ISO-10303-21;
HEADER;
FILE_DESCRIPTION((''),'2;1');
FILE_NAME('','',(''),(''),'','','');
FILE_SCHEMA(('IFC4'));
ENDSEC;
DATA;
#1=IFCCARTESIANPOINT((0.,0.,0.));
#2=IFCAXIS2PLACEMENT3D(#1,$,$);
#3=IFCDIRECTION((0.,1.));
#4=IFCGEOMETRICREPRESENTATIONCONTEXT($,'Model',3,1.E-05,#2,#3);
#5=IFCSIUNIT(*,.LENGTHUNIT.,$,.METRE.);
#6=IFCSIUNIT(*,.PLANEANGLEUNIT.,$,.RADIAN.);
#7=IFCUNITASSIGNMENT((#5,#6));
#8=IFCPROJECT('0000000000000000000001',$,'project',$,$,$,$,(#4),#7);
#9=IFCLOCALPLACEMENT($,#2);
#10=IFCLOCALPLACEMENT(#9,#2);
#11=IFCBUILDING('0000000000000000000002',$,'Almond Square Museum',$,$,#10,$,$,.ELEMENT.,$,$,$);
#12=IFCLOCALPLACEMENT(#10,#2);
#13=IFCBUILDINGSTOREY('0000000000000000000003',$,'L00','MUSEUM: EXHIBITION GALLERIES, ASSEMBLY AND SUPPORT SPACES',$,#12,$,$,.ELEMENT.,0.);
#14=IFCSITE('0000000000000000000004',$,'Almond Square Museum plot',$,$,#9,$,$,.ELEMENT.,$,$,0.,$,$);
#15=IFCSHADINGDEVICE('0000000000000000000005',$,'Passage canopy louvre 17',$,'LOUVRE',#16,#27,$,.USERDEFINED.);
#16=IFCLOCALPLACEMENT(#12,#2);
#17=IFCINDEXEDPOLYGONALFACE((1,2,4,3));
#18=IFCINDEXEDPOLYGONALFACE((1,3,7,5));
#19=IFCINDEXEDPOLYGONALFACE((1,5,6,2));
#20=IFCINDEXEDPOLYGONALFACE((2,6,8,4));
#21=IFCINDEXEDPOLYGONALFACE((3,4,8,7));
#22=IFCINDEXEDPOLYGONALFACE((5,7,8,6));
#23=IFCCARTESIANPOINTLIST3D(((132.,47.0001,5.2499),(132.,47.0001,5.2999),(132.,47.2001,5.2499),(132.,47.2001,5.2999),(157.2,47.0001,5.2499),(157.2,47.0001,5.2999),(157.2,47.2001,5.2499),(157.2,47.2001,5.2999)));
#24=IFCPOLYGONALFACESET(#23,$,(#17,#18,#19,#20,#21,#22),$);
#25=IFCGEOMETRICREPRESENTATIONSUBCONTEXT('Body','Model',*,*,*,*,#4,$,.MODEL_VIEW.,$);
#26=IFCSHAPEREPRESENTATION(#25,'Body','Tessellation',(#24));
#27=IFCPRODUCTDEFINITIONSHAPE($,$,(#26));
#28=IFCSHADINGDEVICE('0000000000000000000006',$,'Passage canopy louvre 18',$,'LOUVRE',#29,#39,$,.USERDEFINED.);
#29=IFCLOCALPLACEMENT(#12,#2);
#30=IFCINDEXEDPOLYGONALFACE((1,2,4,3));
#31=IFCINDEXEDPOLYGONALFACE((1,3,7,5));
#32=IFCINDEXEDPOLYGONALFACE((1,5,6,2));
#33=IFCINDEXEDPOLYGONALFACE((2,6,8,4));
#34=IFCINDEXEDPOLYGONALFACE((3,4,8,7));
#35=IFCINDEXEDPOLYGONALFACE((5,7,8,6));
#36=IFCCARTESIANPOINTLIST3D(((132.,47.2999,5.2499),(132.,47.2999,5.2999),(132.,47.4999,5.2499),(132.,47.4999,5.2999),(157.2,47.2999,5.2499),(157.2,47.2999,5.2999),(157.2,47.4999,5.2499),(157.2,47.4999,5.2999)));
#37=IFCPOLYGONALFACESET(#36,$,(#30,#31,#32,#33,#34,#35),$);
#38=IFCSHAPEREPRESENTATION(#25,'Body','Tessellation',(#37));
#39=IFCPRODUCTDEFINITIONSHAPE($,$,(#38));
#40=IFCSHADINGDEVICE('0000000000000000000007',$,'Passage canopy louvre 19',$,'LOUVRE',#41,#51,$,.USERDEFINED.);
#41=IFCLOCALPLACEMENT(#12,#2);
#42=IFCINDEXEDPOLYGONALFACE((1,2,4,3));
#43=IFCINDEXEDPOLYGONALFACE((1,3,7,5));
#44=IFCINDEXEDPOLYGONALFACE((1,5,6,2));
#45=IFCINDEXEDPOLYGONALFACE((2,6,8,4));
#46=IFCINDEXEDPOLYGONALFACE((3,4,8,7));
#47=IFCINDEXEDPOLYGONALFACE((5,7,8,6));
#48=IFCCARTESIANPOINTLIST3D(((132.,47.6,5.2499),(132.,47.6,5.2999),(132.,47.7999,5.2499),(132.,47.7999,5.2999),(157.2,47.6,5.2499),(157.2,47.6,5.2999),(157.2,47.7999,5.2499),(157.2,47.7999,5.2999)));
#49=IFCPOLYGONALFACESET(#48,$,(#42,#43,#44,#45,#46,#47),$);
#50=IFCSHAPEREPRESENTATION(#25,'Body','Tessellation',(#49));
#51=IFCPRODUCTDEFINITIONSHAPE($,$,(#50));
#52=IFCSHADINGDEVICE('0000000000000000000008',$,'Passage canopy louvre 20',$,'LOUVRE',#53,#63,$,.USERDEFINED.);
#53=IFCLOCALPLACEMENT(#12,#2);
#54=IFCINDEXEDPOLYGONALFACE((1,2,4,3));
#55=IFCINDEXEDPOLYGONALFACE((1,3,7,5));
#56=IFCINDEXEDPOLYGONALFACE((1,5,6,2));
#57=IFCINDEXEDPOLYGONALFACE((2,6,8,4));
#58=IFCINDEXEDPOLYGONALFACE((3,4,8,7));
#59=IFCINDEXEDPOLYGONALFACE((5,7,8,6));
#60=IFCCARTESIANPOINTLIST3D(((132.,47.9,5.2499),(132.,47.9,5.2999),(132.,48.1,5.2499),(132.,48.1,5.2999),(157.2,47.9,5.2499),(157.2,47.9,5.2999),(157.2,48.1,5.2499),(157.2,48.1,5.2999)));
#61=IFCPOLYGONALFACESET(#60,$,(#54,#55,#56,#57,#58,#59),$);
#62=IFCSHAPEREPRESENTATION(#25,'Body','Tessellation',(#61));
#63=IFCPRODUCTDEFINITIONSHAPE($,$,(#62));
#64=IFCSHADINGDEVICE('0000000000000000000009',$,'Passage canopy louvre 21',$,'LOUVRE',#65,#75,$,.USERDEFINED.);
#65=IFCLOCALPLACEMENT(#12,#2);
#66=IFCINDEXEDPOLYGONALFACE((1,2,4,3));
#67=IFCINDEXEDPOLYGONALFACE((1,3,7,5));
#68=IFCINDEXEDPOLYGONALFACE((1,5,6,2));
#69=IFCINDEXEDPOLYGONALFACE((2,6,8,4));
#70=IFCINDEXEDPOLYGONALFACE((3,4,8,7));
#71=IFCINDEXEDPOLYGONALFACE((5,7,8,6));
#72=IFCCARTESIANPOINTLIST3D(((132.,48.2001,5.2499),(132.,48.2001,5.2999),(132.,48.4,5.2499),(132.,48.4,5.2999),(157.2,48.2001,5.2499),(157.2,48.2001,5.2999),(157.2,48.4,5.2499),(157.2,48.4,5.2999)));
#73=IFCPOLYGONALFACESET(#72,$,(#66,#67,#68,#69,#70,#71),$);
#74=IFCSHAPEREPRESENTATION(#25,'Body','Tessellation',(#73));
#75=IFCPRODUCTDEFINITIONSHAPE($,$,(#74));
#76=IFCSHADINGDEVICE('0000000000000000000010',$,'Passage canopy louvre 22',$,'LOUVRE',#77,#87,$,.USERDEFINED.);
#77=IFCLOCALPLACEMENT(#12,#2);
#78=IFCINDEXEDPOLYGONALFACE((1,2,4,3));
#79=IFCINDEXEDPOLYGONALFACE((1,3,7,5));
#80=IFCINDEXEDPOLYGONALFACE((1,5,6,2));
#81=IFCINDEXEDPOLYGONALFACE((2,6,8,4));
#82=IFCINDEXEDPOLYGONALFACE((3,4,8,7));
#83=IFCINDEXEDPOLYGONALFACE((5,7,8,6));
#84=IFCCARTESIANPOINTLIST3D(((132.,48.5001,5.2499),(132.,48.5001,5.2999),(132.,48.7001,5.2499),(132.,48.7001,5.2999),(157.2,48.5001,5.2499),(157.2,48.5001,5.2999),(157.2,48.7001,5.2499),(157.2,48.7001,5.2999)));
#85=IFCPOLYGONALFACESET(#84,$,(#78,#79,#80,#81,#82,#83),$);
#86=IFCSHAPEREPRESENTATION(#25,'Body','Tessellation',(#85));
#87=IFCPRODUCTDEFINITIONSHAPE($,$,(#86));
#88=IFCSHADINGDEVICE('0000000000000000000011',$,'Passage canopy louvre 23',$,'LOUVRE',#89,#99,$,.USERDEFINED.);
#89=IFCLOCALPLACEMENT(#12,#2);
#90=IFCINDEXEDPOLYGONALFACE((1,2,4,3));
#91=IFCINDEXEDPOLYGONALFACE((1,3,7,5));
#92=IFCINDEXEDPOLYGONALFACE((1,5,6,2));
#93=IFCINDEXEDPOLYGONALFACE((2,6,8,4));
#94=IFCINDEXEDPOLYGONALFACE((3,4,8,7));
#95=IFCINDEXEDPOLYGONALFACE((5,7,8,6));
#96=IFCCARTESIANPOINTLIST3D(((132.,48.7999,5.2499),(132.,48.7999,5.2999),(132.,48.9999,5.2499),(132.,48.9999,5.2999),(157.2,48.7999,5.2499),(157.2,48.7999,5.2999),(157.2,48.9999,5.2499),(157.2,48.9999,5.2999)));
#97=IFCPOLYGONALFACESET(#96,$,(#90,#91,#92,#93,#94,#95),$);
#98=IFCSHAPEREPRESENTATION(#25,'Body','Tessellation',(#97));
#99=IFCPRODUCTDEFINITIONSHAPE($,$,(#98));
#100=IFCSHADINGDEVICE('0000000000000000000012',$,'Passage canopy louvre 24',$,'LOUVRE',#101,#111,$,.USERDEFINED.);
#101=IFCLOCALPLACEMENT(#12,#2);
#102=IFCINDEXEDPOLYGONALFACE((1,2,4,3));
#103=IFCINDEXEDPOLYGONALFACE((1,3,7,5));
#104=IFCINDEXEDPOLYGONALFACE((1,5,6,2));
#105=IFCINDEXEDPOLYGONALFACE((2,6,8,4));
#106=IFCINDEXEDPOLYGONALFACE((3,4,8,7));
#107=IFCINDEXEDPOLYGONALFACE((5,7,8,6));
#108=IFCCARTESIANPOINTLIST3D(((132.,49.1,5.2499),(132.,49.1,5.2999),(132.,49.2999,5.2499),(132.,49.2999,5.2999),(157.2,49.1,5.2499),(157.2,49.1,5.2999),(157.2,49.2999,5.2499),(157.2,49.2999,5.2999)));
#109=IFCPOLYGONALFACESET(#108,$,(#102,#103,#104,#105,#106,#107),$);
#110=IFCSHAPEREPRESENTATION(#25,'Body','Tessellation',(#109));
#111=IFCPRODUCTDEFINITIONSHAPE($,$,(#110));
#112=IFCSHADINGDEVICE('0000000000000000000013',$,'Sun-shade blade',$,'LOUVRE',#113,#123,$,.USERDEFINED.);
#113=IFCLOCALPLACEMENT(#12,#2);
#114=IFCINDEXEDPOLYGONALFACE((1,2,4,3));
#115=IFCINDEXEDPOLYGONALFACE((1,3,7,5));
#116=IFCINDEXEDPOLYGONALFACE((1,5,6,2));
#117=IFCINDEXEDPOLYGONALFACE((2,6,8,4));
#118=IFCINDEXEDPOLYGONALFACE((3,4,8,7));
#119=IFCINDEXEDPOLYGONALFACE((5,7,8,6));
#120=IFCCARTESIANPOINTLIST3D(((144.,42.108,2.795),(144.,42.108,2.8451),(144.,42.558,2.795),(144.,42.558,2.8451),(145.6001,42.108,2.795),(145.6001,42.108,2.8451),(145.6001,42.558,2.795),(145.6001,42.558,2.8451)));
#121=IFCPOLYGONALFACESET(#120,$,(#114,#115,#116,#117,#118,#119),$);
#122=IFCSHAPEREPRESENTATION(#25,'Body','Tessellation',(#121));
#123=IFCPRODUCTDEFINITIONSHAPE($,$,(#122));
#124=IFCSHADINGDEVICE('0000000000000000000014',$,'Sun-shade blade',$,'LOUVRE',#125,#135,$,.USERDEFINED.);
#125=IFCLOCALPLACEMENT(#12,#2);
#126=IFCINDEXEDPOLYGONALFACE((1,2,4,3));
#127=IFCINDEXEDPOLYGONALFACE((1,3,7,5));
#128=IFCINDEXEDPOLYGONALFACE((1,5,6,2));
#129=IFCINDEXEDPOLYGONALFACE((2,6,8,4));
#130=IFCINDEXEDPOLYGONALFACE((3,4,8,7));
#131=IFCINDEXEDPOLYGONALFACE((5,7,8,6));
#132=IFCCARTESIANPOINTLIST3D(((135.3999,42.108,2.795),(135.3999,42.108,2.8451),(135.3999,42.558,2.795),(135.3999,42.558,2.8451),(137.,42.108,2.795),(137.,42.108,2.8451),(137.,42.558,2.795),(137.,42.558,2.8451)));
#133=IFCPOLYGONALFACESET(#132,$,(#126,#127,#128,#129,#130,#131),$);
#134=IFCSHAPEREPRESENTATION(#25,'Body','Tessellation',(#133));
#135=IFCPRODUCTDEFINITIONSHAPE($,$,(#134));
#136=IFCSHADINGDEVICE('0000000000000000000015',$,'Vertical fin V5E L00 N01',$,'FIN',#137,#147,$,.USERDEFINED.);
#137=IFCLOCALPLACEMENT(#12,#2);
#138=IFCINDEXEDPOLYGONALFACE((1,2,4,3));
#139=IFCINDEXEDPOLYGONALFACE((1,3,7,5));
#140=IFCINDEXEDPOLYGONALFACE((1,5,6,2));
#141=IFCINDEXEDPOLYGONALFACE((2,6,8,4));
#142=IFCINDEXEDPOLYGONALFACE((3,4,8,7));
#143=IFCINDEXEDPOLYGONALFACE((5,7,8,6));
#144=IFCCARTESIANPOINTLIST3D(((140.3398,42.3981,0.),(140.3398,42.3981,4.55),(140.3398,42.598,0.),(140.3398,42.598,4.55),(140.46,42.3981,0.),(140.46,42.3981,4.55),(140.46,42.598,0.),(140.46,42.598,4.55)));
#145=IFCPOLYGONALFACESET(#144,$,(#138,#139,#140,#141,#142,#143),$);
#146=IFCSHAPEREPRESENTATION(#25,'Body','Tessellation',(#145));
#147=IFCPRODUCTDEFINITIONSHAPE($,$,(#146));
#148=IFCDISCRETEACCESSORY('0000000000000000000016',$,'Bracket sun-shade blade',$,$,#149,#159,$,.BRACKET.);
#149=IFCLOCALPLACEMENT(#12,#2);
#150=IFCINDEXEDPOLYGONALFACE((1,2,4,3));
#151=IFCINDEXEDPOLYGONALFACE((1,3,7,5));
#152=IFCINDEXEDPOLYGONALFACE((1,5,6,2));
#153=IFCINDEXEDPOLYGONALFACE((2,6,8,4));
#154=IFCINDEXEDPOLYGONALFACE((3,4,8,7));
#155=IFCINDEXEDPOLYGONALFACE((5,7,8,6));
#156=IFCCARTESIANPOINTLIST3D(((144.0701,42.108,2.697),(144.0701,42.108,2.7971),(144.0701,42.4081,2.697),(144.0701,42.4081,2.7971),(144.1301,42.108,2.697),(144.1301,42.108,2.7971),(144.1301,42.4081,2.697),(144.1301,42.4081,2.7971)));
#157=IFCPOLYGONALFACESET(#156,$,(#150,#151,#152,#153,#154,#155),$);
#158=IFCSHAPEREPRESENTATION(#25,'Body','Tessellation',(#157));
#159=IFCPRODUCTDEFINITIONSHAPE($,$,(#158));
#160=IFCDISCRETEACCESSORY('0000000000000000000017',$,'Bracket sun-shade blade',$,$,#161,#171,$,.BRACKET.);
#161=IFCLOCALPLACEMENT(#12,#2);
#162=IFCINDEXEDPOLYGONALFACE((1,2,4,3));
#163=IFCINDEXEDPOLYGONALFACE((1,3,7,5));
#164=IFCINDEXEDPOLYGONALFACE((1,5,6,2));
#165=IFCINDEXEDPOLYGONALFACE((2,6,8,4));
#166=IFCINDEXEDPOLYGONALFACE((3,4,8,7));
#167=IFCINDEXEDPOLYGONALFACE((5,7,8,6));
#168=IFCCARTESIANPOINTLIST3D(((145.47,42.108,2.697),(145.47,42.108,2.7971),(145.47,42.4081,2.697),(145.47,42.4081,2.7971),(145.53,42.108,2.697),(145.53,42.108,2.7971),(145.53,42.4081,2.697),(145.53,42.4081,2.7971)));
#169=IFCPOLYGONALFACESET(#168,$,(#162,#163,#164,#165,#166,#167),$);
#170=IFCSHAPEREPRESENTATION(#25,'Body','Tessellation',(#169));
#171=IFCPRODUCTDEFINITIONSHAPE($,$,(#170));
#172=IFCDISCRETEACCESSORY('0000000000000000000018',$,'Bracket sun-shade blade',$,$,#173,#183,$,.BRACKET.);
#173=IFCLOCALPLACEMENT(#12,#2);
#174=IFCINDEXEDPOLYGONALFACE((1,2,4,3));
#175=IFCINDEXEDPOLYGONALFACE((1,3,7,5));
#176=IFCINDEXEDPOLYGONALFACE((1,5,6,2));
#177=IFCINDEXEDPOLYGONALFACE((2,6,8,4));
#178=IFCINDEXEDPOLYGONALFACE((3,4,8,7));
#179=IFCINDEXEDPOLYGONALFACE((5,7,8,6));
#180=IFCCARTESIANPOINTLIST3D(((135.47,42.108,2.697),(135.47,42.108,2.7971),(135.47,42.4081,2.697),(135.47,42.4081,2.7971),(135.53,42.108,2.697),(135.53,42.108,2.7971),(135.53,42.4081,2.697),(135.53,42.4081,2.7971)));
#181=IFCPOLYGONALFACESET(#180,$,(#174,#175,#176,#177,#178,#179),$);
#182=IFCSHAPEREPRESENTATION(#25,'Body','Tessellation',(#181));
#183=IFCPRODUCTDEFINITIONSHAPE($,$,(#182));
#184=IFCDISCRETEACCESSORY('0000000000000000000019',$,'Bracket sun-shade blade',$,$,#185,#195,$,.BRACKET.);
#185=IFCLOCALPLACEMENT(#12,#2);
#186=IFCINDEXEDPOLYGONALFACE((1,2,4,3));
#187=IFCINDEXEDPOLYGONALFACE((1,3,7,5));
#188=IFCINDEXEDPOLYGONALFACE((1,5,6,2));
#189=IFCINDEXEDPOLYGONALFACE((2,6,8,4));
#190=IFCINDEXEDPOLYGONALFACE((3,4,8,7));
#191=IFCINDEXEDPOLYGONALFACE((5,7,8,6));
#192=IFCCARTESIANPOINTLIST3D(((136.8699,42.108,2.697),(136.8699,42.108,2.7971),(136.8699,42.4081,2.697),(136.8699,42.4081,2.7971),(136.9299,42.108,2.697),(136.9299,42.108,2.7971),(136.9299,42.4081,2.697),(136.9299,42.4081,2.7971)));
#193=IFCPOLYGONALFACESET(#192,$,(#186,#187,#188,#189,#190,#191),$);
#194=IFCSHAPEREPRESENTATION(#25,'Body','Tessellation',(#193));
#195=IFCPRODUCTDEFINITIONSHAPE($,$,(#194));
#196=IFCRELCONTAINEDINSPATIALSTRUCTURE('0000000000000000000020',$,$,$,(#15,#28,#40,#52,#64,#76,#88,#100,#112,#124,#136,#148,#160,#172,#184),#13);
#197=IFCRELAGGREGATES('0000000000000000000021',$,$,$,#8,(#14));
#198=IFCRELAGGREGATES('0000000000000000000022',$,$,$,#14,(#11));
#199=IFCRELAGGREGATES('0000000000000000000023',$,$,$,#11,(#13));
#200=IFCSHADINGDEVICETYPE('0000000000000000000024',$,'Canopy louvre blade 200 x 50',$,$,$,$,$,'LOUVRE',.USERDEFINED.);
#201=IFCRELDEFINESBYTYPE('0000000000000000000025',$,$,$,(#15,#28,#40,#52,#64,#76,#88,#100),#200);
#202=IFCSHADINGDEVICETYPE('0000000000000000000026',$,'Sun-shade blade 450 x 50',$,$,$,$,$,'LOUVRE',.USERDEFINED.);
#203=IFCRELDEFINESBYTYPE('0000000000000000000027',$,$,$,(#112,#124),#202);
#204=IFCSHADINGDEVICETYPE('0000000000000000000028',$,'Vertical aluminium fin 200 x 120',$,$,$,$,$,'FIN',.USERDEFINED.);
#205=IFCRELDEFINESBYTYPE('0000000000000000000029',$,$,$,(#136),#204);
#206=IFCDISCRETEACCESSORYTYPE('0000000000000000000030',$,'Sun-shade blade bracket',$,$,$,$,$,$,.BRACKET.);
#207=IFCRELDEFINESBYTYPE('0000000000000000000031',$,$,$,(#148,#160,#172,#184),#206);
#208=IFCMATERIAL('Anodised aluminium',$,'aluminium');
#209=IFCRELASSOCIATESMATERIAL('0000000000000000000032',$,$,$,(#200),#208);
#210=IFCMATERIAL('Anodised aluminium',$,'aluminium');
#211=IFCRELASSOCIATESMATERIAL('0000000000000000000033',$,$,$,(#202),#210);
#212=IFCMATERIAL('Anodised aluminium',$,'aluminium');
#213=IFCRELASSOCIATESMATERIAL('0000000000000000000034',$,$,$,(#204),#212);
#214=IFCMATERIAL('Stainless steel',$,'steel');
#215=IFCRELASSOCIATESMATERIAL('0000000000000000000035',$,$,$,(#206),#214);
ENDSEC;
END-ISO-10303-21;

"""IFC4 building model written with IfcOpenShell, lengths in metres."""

from ifc_helpers import new_model, si_unit, direction, frame, origin, origin_2d, place, context, subcontext, project, spatial, rectangle, extrude, material, material_profile, profile_set, type_object, element, save


model = new_model("IFC4")

# Units and contexts
model_context = context("Model", 3, precision=1e-05, world=origin(), true_north=direction((0.0, 1.0)))
body_context = subcontext(model_context, "Body", "Model", "MODEL_VIEW")
ifc_project = project(units=[si_unit("LENGTHUNIT", "METRE"), si_unit("PLANEANGLEUNIT", "RADIAN")], contexts=[model_context])

# Site, building, storey
site_placement = place(None, origin())
site = spatial("IfcSite", under=ifc_project, at=site_placement, Name="Almond Square Museum plot", CompositionType="ELEMENT", RefElevation=0.0)
building_placement = place(site_placement, origin())
building = spatial("IfcBuilding", under=site, at=building_placement, Name="Almond Square Museum", CompositionType="ELEMENT")
storey_placement = place(building_placement, origin())
storey = spatial("IfcBuildingStorey", under=building, at=storey_placement, Name="L00", Description="MUSEUM: EXHIBITION GALLERIES, ASSEMBLY AND SUPPORT SPACES", CompositionType="ELEMENT", Elevation=0.0)

# Shading devices
ifc_material_1 = material(Name="Anodised aluminium", Category="aluminium")
ifc_material_profile_1 = material_profile(ifc_material_1, rectangle(XDim=0.2, YDim=0.05, at=origin_2d()))
ifc_profile_set_1 = profile_set([ifc_material_profile_1], Name="Anodised aluminium")
shading_device_type_1 = type_object("IfcShadingDeviceType", Name="Canopy louvre blade 200 x 50", ElementType="LOUVRE", PredefinedType="USERDEFINED", material=ifc_profile_set_1)
for number, where, z_axis, x_axis, name in (
    (1, (132.0, 47.1001, 5.2749), (1.0, 0.0, 0.0), (0.0, 1.0, 0.0), "Passage canopy louvre 17"),
    (2, (132.0, 47.3999, 5.2749), (1.0, 0.0, 0.0), (0.0, 1.0, 0.0), "Passage canopy louvre 18"),
    (3, (132.0, 47.7, 5.2749), (1.0, 0.0, 0.0), (0.0, 1.0, 0.0), "Passage canopy louvre 19"),
    (4, (132.0, 48.0, 5.2749), (1.0, 0.0, 0.0), (0.0, 1.0, 0.0), "Passage canopy louvre 20"),
    (5, (132.0, 48.3, 5.2749), (1.0, 0.0, 0.0), (0.0, 1.0, 0.0), "Passage canopy louvre 21"),
    (6, (132.0, 48.6001, 5.2749), (1.0, 0.0, 0.0), (0.0, 1.0, 0.0), "Passage canopy louvre 22"),
    (7, (132.0, 48.8999, 5.2749), (1.0, 0.0, 0.0), (0.0, 1.0, 0.0), "Passage canopy louvre 23"),
    (8, (132.0, 49.2, 5.2749), (1.0, 0.0, 0.0), (0.0, 1.0, 0.0), "Passage canopy louvre 24"),
):
    element("IfcShadingDevice", number, at=place(storey_placement, frame(where, z_axis=z_axis, x_axis=x_axis)), inside=storey, type_object=shading_device_type_1, Name=name, ObjectType="LOUVRE", PredefinedType="USERDEFINED", context=body_context, shape_type="SweptSolid", body=[
        extrude(rectangle(XDim=0.2, YDim=0.05, at=origin_2d()), origin(), (0.0, 0.0, 1.0), 25.2),
    ])
ifc_material_2 = material(Name="Anodised aluminium", Category="aluminium")
ifc_material_profile_2 = material_profile(ifc_material_2, rectangle(XDim=0.45, YDim=0.05, at=origin_2d()))
ifc_profile_set_2 = profile_set([ifc_material_profile_2], Name="Anodised aluminium")
shading_device_type_2 = type_object("IfcShadingDeviceType", Name="Sun-shade blade 450 x 50", ElementType="LOUVRE", PredefinedType="USERDEFINED", material=ifc_profile_set_2)
for number, where, z_axis, x_axis, name in (
    (9, (144.0, 42.333, 2.8201), (1.0, 0.0, 0.0), (0.0, 1.0, 0.0), "Sun-shade blade"),
    (10, (135.3999, 42.333, 2.8201), (1.0, 0.0, 0.0), (0.0, 1.0, 0.0), "Sun-shade blade"),
):
    element("IfcShadingDevice", number, at=place(storey_placement, frame(where, z_axis=z_axis, x_axis=x_axis)), inside=storey, type_object=shading_device_type_2, Name=name, ObjectType="LOUVRE", PredefinedType="USERDEFINED", context=body_context, shape_type="SweptSolid", body=[
        extrude(rectangle(XDim=0.45, YDim=0.05, at=origin_2d()), origin(), (0.0, 0.0, 1.0), 1.6001),
    ])
ifc_material_3 = material(Name="Anodised aluminium", Category="aluminium")
ifc_material_profile_3 = material_profile(ifc_material_3, rectangle(XDim=0.2, YDim=0.1201, at=origin_2d()))
ifc_profile_set_3 = profile_set([ifc_material_profile_3], Name="Anodised aluminium")
shading_device_type_3 = type_object("IfcShadingDeviceType", Name="Vertical aluminium fin 200 x 120", ElementType="FIN", PredefinedType="USERDEFINED", material=ifc_profile_set_3)
shading_device_placement = place(storey_placement, frame((140.3999, 42.498, 0.0), z_axis=(0.0, 0.0, 1.0), x_axis=(0.0, 1.0, 0.0)))
element("IfcShadingDevice", 11, at=shading_device_placement, inside=storey, type_object=shading_device_type_3, Name="Vertical fin V5E L00 N01", ObjectType="FIN", PredefinedType="USERDEFINED", context=body_context, shape_type="SweptSolid", body=[
    extrude(rectangle(XDim=0.2, YDim=0.1201, at=origin_2d()), origin(), (0.0, 0.0, 1.0), 4.55),
])

# Discrete accessories
ifc_material_4 = material(Name="Stainless steel", Category="steel")
discrete_accessory_type = type_object("IfcDiscreteAccessoryType", Name="Sun-shade blade bracket", PredefinedType="BRACKET", material=ifc_material_4)
for number, where, z_axis, x_axis, name in (
    (12, (144.1001, 42.2581, 2.697), (0.0, 0.0, 1.0), (1.0, 0.0, 0.0), "Bracket sun-shade blade"),
    (13, (145.5, 42.2581, 2.697), (0.0, 0.0, 1.0), (1.0, 0.0, 0.0), "Bracket sun-shade blade"),
    (14, (135.5, 42.2581, 2.697), (0.0, 0.0, 1.0), (1.0, 0.0, 0.0), "Bracket sun-shade blade"),
    (15, (136.8999, 42.2581, 2.697), (0.0, 0.0, 1.0), (1.0, 0.0, 0.0), "Bracket sun-shade blade"),
):
    element("IfcDiscreteAccessory", number, at=place(storey_placement, frame(where, z_axis=z_axis, x_axis=x_axis)), inside=storey, type_object=discrete_accessory_type, Name=name, PredefinedType="BRACKET", context=body_context, shape_type="SweptSolid", body=[
        extrude(rectangle(XDim=0.0601, YDim=0.3, at=origin_2d()), origin(), (0.0, 0.0, 1.0), 0.1001),
    ])

save(model, "model.ifc")
